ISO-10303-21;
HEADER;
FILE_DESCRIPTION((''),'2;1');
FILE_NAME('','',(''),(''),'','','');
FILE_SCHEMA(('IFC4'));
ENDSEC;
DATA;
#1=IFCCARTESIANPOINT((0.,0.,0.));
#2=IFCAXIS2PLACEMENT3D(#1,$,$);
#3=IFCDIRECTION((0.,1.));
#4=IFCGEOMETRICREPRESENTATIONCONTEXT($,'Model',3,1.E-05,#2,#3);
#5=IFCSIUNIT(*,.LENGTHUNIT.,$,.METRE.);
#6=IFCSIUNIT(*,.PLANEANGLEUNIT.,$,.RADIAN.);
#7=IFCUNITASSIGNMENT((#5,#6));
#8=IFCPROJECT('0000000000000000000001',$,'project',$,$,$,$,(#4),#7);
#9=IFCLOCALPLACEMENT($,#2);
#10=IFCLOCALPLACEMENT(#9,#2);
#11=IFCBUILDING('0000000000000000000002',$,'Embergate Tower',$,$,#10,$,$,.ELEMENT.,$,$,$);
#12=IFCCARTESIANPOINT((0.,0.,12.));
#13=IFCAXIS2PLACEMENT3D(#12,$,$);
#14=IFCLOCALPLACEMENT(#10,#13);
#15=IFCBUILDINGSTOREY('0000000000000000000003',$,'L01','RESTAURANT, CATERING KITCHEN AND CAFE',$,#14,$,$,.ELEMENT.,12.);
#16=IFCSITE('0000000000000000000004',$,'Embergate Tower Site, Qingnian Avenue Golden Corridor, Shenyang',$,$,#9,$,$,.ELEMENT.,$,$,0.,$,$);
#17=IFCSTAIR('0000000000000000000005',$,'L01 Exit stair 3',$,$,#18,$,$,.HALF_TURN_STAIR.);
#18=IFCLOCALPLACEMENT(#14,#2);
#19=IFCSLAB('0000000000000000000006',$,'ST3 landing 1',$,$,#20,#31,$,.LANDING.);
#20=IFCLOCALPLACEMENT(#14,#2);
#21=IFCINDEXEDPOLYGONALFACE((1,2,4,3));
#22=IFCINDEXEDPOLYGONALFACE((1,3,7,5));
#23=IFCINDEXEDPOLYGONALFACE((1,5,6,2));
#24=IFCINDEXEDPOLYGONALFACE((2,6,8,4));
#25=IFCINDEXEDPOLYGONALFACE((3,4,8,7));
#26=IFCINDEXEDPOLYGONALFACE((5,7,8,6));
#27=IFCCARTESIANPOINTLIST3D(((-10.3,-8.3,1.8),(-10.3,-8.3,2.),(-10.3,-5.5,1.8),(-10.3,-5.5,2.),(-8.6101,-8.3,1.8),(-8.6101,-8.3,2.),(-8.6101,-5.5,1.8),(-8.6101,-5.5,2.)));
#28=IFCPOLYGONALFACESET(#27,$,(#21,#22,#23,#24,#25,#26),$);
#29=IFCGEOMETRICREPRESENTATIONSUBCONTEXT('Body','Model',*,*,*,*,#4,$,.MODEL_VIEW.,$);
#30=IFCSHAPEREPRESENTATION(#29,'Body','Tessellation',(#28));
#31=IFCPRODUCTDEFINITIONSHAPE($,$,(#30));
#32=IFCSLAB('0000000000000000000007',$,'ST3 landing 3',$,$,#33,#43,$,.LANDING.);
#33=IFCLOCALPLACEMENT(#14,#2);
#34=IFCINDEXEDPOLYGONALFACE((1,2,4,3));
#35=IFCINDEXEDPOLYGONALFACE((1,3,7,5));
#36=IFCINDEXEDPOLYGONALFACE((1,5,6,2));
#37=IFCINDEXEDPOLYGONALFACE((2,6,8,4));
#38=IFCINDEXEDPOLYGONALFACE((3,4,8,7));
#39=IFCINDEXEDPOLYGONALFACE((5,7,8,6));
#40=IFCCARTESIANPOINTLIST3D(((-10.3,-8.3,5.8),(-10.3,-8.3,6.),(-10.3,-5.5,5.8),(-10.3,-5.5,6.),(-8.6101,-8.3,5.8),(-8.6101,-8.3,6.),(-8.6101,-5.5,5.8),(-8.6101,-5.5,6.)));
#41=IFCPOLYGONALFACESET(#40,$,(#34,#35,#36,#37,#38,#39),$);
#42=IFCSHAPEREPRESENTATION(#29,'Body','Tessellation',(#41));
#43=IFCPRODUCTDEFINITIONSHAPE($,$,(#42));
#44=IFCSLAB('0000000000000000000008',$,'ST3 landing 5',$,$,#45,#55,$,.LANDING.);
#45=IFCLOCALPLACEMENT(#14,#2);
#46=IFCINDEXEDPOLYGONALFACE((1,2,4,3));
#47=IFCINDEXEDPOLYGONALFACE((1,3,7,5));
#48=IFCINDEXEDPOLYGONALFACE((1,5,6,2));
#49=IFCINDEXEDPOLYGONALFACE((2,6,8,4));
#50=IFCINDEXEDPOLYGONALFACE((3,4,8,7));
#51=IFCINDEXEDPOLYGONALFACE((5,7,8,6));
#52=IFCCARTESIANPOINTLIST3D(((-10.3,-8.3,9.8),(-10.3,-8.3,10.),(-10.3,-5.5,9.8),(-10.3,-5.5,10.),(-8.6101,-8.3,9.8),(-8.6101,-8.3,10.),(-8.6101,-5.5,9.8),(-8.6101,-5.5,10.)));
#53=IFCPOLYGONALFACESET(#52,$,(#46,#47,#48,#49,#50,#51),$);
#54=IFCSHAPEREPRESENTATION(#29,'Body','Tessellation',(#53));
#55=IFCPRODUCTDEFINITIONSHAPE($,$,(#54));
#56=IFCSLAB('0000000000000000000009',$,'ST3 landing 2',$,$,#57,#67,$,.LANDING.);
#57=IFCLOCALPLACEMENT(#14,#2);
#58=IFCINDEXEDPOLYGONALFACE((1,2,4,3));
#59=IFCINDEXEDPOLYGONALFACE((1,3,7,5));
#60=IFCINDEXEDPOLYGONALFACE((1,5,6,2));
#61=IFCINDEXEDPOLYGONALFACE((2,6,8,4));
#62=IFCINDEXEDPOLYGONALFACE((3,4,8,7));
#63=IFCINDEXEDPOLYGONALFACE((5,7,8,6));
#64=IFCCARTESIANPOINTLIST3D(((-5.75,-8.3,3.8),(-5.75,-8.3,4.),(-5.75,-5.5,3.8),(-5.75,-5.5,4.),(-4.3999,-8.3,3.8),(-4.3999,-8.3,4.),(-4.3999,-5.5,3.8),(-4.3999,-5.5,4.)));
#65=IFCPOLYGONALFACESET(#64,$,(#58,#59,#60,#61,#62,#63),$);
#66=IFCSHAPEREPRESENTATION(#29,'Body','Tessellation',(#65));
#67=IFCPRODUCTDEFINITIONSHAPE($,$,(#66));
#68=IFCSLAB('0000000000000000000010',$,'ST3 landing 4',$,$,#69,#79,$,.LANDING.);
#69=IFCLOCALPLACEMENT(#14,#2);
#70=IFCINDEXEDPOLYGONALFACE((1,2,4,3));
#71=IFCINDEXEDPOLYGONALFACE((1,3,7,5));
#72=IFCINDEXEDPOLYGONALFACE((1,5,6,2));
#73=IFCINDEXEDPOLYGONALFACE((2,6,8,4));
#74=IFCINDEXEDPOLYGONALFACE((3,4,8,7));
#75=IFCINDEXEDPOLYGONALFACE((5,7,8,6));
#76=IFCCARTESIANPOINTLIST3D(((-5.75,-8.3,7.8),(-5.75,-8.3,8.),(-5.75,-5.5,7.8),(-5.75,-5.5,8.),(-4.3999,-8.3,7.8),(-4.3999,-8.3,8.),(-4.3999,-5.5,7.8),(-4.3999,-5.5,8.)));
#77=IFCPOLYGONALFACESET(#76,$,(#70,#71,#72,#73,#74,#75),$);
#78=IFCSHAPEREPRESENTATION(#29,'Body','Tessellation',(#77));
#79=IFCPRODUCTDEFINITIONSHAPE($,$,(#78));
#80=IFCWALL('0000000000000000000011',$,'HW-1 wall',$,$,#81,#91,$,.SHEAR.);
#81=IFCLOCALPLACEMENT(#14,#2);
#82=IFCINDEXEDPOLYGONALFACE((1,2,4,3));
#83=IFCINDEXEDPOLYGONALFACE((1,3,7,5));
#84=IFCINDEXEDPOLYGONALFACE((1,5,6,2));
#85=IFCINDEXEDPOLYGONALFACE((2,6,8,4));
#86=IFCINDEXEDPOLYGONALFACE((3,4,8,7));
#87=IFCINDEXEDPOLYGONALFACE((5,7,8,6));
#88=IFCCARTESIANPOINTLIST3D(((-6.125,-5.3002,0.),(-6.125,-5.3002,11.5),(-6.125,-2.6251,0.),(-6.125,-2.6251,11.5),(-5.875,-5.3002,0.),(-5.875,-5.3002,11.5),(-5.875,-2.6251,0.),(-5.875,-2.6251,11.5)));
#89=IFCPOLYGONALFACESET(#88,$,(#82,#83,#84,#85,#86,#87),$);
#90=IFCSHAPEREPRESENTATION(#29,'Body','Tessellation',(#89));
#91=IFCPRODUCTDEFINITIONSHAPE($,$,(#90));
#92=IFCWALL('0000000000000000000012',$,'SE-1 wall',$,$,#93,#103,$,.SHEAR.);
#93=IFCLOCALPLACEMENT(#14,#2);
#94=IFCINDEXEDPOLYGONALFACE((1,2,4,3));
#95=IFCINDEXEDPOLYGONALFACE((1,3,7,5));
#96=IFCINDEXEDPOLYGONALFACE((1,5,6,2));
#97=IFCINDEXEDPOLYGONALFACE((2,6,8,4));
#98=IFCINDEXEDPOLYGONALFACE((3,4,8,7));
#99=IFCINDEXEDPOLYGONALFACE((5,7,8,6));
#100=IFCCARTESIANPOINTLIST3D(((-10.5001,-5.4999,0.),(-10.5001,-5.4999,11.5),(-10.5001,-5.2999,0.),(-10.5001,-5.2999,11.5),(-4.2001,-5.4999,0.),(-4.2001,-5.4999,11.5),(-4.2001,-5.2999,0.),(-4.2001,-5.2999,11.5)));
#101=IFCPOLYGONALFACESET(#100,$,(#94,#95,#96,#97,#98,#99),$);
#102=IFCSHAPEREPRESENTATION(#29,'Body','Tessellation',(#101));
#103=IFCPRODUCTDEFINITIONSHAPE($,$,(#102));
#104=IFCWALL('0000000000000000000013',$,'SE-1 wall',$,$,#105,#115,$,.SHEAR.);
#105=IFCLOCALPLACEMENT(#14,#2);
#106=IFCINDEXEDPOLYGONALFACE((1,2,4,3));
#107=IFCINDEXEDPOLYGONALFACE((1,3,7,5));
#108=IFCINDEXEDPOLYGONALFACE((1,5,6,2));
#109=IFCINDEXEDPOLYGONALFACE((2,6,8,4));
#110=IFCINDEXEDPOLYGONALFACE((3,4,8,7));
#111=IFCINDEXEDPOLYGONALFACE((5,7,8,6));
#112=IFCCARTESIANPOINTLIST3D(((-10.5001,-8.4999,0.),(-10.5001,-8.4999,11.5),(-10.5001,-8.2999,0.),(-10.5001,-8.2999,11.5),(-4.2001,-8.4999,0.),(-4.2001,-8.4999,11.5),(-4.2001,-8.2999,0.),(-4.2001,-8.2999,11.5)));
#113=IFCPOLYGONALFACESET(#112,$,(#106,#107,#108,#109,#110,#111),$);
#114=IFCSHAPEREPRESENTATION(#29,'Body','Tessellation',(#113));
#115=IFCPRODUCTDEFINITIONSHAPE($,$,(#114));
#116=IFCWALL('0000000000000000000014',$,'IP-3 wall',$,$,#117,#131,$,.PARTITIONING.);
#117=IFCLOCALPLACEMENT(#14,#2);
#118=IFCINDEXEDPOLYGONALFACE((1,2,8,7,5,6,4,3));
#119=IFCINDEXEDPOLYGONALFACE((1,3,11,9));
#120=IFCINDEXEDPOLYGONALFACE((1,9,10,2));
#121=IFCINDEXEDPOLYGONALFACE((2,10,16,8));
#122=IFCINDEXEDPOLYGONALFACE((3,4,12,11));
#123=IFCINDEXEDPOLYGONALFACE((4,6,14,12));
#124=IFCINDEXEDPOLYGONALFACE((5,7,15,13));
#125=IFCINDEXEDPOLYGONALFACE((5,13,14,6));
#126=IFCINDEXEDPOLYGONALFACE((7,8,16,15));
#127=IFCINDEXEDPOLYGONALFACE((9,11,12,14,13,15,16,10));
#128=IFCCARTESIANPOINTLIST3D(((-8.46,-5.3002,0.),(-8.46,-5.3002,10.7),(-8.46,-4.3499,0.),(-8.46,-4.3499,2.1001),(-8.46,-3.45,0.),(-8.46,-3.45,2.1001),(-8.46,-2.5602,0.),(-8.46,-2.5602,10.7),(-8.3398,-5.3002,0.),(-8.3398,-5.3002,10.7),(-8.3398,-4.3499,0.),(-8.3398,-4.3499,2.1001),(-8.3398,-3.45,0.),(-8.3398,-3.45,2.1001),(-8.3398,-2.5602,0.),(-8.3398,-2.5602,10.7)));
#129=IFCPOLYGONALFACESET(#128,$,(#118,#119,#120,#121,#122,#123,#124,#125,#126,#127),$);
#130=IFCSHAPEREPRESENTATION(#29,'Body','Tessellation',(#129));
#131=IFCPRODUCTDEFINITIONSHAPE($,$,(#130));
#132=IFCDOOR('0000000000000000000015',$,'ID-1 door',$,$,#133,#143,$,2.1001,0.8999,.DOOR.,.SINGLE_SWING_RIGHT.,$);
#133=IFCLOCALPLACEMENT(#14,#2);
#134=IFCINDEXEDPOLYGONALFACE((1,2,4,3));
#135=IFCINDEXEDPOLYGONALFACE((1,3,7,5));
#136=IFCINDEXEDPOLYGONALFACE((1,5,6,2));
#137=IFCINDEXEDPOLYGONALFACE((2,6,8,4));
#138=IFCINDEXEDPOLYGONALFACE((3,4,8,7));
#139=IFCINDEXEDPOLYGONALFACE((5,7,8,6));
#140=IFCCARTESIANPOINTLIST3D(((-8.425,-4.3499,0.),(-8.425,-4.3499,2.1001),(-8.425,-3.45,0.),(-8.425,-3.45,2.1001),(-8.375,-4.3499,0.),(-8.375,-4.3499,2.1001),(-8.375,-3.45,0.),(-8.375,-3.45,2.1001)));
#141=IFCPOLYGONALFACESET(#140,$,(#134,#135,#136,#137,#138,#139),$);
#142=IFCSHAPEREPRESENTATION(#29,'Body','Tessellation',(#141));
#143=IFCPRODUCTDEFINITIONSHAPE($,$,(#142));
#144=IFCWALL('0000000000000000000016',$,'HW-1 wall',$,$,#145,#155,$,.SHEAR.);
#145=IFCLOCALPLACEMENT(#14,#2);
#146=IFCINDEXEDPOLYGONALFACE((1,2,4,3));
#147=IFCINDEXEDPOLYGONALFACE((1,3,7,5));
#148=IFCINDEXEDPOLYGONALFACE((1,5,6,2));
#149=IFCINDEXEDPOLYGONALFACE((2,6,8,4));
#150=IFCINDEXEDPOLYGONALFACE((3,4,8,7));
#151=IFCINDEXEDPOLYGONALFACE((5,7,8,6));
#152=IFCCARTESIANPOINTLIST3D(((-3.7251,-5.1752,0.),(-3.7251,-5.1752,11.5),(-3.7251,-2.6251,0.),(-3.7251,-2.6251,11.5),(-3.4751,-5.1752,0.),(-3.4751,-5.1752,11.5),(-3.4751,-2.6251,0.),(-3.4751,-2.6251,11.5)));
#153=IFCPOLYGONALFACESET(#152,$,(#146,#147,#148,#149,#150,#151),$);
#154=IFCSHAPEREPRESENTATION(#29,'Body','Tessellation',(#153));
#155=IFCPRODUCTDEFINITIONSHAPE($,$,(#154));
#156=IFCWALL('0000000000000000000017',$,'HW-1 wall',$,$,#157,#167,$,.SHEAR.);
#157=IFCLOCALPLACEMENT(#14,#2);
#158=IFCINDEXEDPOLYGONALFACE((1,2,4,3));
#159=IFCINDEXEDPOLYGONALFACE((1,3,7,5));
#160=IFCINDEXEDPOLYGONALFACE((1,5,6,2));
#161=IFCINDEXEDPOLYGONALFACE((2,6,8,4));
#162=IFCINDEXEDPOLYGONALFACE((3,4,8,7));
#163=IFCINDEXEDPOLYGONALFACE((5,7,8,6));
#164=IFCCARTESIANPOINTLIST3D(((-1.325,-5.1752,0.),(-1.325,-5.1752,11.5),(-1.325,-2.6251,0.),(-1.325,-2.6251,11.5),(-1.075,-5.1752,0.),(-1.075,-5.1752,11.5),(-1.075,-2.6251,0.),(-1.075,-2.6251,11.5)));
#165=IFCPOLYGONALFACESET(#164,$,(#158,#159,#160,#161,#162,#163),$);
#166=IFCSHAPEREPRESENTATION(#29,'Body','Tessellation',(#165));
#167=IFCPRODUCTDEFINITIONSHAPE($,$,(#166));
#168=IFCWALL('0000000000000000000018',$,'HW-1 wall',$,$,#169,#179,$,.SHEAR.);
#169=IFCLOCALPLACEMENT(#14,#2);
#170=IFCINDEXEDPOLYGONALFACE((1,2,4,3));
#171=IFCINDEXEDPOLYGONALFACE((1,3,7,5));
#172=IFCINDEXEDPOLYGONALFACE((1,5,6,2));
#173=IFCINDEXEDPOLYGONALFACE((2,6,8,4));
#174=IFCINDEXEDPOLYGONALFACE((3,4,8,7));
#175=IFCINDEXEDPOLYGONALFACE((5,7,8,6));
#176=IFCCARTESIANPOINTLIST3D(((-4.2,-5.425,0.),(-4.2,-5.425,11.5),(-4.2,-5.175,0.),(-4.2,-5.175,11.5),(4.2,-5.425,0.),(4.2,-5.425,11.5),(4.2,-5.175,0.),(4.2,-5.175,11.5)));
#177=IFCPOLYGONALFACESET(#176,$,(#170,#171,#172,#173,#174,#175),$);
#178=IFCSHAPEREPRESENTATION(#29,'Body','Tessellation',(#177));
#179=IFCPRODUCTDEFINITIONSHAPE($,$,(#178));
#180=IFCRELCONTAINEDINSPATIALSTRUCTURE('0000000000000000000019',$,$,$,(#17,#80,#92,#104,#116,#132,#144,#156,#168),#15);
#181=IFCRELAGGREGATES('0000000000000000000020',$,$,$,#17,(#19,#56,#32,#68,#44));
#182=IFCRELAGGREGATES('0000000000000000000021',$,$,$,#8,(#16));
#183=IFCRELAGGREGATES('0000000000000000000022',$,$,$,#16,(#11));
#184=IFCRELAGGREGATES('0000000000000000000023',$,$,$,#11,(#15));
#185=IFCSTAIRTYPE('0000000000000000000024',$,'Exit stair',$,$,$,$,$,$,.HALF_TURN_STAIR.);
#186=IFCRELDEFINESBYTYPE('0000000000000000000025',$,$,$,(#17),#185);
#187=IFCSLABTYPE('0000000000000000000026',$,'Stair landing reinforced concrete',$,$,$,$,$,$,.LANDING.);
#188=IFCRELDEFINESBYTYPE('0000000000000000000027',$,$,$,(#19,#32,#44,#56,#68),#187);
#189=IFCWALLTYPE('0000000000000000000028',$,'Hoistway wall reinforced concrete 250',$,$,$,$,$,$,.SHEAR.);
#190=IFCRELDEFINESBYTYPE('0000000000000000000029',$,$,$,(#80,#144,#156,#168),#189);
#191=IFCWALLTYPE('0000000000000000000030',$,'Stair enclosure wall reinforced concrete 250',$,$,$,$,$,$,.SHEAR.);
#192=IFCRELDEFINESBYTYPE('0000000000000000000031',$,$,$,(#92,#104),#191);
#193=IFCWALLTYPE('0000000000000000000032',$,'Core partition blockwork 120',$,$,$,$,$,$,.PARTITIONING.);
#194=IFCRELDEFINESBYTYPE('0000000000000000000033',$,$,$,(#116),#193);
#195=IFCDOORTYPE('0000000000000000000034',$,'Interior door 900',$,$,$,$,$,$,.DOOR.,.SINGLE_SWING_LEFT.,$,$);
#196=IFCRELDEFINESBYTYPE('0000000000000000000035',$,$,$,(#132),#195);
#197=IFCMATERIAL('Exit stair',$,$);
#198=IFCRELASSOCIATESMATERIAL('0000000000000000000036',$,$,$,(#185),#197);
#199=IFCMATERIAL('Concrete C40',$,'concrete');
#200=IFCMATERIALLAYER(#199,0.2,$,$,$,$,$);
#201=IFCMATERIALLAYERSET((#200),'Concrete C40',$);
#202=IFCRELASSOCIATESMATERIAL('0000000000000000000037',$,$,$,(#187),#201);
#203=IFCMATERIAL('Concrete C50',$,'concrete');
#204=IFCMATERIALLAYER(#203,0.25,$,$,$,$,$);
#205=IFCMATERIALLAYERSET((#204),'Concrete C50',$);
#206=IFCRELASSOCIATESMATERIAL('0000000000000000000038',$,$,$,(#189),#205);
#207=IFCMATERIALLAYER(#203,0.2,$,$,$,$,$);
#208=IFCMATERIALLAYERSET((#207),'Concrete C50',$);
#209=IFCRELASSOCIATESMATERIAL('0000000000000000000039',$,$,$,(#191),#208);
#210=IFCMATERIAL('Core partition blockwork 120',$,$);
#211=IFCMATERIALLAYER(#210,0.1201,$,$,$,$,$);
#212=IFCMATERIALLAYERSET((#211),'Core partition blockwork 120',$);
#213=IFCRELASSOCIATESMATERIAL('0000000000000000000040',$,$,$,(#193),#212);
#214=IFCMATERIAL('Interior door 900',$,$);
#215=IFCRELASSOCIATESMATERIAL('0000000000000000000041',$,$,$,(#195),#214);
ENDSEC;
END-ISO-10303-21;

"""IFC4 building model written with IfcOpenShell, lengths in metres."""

from ifc_helpers import new_model, si_unit, direction, frame, frame_2d, origin, place, context, subcontext, project, spatial, polyline, rectangle, outline, extrude, source, transform, mapped, material, layer, layer_set, type_object, element, fill, aggregate, save


model = new_model("IFC4")

# Units and contexts
model_context = context("Model", 3, precision=1e-05, world=origin(), true_north=direction((0.0, 1.0)))
body_context = subcontext(model_context, "Body", "Model", "MODEL_VIEW")
ifc_project = project(units=[si_unit("LENGTHUNIT", "METRE"), si_unit("PLANEANGLEUNIT", "RADIAN")], contexts=[model_context])

# Site, building, storey
site_placement = place(None, origin())
site = spatial("IfcSite", under=ifc_project, at=site_placement, Name="Embergate Tower Site, Qingnian Avenue Golden Corridor, Shenyang", CompositionType="ELEMENT", RefElevation=0.0)
building_placement = place(site_placement, origin())
building = spatial("IfcBuilding", under=site, at=building_placement, Name="Embergate Tower", CompositionType="ELEMENT")
storey_placement = place(building_placement, frame((0.0, 0.0, 12.0)))
storey = spatial("IfcBuildingStorey", under=building, at=storey_placement, Name="L01", Description="RESTAURANT, CATERING KITCHEN AND CAFE", CompositionType="ELEMENT", Elevation=12.0)

# Stair, slabs
ifc_material_1 = material(Name="Exit stair")
stair_type = type_object("IfcStairType", Name="Exit stair", PredefinedType="HALF_TURN_STAIR", material=ifc_material_1)
stair_placement = place(storey_placement, origin())
stair = element("IfcStair", 1, at=stair_placement, inside=storey, type_object=stair_type, Name="L01 Exit stair 3", PredefinedType="HALF_TURN_STAIR")
ifc_material_2 = material(Name="Concrete C40", Category="concrete")
ifc_layer_1 = layer(ifc_material_2, 0.2)
ifc_layer_set_1 = layer_set([ifc_layer_1], Name="Concrete C40")
slab_type = type_object("IfcSlabType", Name="Stair landing reinforced concrete", PredefinedType="LANDING", material=ifc_layer_set_1)
shared_shape_1 = source(origin(), body_context, "Body", "SweptSolid", [
    extrude(outline(polyline([(0.0, 0.0), (1.6899, 0.0), (1.6899, 2.8), (0.0, 2.8), (0.0, 0.0)])), origin(), (0.0, 0.0, 1.0), 0.2),
])
slab_1_placement = place(storey_placement, frame((-10.3, -8.3, 1.8)))
slab_1 = element("IfcSlab", 2, at=slab_1_placement, type_object=slab_type, Name="ST3 landing 1", PredefinedType="LANDING", context=body_context, shape_type="MappedRepresentation", body=[
    mapped(shared_shape_1, transform((0.0, 0.0, 0.0))),
])
slab_2_placement = place(storey_placement, frame((-10.3, -8.3, 5.8)))
slab_2 = element("IfcSlab", 3, at=slab_2_placement, type_object=slab_type, Name="ST3 landing 3", PredefinedType="LANDING", context=body_context, shape_type="MappedRepresentation", body=[
    mapped(shared_shape_1, transform((0.0, 0.0, 0.0))),
])
slab_3_placement = place(storey_placement, frame((-10.3, -8.3, 9.8)))
slab_3 = element("IfcSlab", 4, at=slab_3_placement, type_object=slab_type, Name="ST3 landing 5", PredefinedType="LANDING", context=body_context, shape_type="MappedRepresentation", body=[
    mapped(shared_shape_1, transform((0.0, 0.0, 0.0))),
])
shared_shape_2 = source(origin(), body_context, "Body", "SweptSolid", [
    extrude(outline(polyline([(0.0, 0.0), (1.3501, 0.0), (1.3501, 2.8), (0.0, 2.8), (0.0, 0.0)])), origin(), (0.0, 0.0, 1.0), 0.2),
])
slab_4_placement = place(storey_placement, frame((-5.75, -8.3, 3.8)))
slab_4 = element("IfcSlab", 5, at=slab_4_placement, type_object=slab_type, Name="ST3 landing 2", PredefinedType="LANDING", context=body_context, shape_type="MappedRepresentation", body=[
    mapped(shared_shape_2, transform((0.0, 0.0, 0.0))),
])
slab_5_placement = place(storey_placement, frame((-5.75, -8.3, 7.8)))
slab_5 = element("IfcSlab", 6, at=slab_5_placement, type_object=slab_type, Name="ST3 landing 4", PredefinedType="LANDING", context=body_context, shape_type="MappedRepresentation", body=[
    mapped(shared_shape_2, transform((0.0, 0.0, 0.0))),
])

# Walls
ifc_material_3 = material(Name="Concrete C50", Category="concrete")
ifc_layer_2 = layer(ifc_material_3, 0.25)
ifc_layer_set_2 = layer_set([ifc_layer_2], Name="Concrete C50")
wall_type_1 = type_object("IfcWallType", Name="Hoistway wall reinforced concrete 250", PredefinedType="SHEAR", material=ifc_layer_set_2)
shared_shape_3 = source(origin(), body_context, "Body", "SweptSolid", [
    extrude(rectangle(XDim=2.675, YDim=0.25, at=frame_2d((1.3374, 0.0))), origin(), (0.0, 0.0, 1.0), 11.5),
])
wall_1_placement = place(storey_placement, frame((-6.0, -5.3, 0.0), z_axis=(0.0, 0.0, 1.0), x_axis=(0.0, 1.0, 0.0)))
element("IfcWall", 7, at=wall_1_placement, inside=storey, type_object=wall_type_1, Name="HW-1 wall", PredefinedType="SHEAR", context=body_context, shape_type="MappedRepresentation", body=[
    mapped(shared_shape_3, transform((0.0, 0.0, 0.0))),
])
ifc_layer_3 = layer(ifc_material_3, 0.2)
ifc_layer_set_3 = layer_set([ifc_layer_3], Name="Concrete C50")
wall_type_2 = type_object("IfcWallType", Name="Stair enclosure wall reinforced concrete 250", PredefinedType="SHEAR", material=ifc_layer_set_3)
shared_shape_4 = source(origin(), body_context, "Body", "SweptSolid", [
    extrude(rectangle(XDim=6.3, YDim=0.2, at=frame_2d((3.1499, 0.0))), origin(), (0.0, 0.0, 1.0), 11.5),
])
for number, where, z_axis, x_axis, name in (
    (8, (-10.5, -5.3999, 0.0), (0.0, 0.0, 1.0), (1.0, 0.0, 0.0), "SE-1 wall"),
    (9, (-10.5, -8.3999, 0.0), (0.0, 0.0, 1.0), (1.0, 0.0, 0.0), "SE-1 wall"),
):
    element("IfcWall", number, at=place(storey_placement, frame(where, z_axis=z_axis, x_axis=x_axis)), inside=storey, type_object=wall_type_2, Name=name, PredefinedType="SHEAR", context=body_context, shape_type="MappedRepresentation", body=[
        mapped(shared_shape_4, transform((0.0, 0.0, 0.0))),
    ])

# Wall, opening, door
ifc_material_4 = material(Name="Core partition blockwork 120")
ifc_layer_4 = layer(ifc_material_4, 0.1201)
ifc_layer_set_4 = layer_set([ifc_layer_4], Name="Core partition blockwork 120")
wall_type_3 = type_object("IfcWallType", Name="Core partition blockwork 120", PredefinedType="PARTITIONING", material=ifc_layer_set_4)
shared_shape_5 = source(origin(), body_context, "Body", "SweptSolid", [
    extrude(rectangle(XDim=2.74, YDim=0.1201, at=frame_2d((1.3701, 0.0))), origin(), (0.0, 0.0, 1.0), 10.7),
])
wall_2_placement = place(storey_placement, frame((-8.3999, -2.5601, 0.0), z_axis=(0.0, 0.0, 1.0), x_axis=(0.0, -1.0, 0.0)))
wall_2 = element("IfcWall", 10, at=wall_2_placement, inside=storey, type_object=wall_type_3, Name="IP-3 wall", PredefinedType="PARTITIONING", context=body_context, shape_type="MappedRepresentation", body=[
    mapped(shared_shape_5, transform((0.0, 0.0, 0.0))),
])
shared_shape_6 = source(origin(), body_context, "Body", "SweptSolid", [
    extrude(rectangle(XDim=0.8999, YDim=2.1001, at=frame_2d((0.45, 1.05))), frame((0.0, 0.0701, 0.0), z_axis=(0.0, -1.0, 0.0), x_axis=(1.0, 0.0, 0.0)), (0.0, 0.0, 1.0), 0.1401),
])
opening_1_placement = place(wall_2_placement, frame((0.8899, 0.0, 0.0)))
opening_1 = element("IfcOpeningElement", 11, at=opening_1_placement, cuts=wall_2, PredefinedType="OPENING", context=body_context, shape_type="MappedRepresentation", body=[
    mapped(shared_shape_6, transform((0.0, 0.0, 0.0))),
])
ifc_material_5 = material(Name="Interior door 900")
door_type_1 = type_object("IfcDoorType", Name="Interior door 900", OperationType="SINGLE_SWING_LEFT", PredefinedType="DOOR", material=ifc_material_5)
shared_shape_7 = source(origin(), body_context, "Body", "SweptSolid", [
    extrude(rectangle(XDim=0.8999, YDim=2.1001, at=frame_2d((0.45, 1.05))), frame((0.0, 0.0249, 0.0), z_axis=(0.0, -1.0, 0.0), x_axis=(1.0, 0.0, 0.0)), (0.0, 0.0, 1.0), 0.05),
])
door_1_placement = place(opening_1_placement, origin())
door_1 = element("IfcDoor", 12, at=door_1_placement, inside=storey, type_object=door_type_1, Name="ID-1 door", OperationType="SINGLE_SWING_RIGHT", OverallHeight=2.1001, OverallWidth=0.8999, PredefinedType="DOOR", context=body_context, shape_type="MappedRepresentation", body=[
    mapped(shared_shape_7, transform((0.0, 0.0, 0.0))),
])
fill(opening_1, door_1)

# Walls
shared_shape_8 = source(origin(), body_context, "Body", "SweptSolid", [
    extrude(rectangle(XDim=2.55, YDim=0.25, at=frame_2d((1.2749, 0.0))), origin(), (0.0, 0.0, 1.0), 11.5),
])
for number, where, z_axis, x_axis, name in (
    (13, (-3.6001, -5.175, 0.0), (0.0, 0.0, 1.0), (0.0, 1.0, 0.0), "HW-1 wall"),
    (14, (-1.2, -5.175, 0.0), (0.0, 0.0, 1.0), (0.0, 1.0, 0.0), "HW-1 wall"),
):
    element("IfcWall", number, at=place(storey_placement, frame(where, z_axis=z_axis, x_axis=x_axis)), inside=storey, type_object=wall_type_1, Name=name, PredefinedType="SHEAR", context=body_context, shape_type="MappedRepresentation", body=[
        mapped(shared_shape_8, transform((0.0, 0.0, 0.0))),
    ])
shared_shape_9 = source(origin(), body_context, "Body", "SweptSolid", [
    extrude(rectangle(XDim=8.3999, YDim=0.25, at=frame_2d((4.2, 0.0))), origin(), (0.0, 0.0, 1.0), 11.5),
])
wall_3_placement = place(storey_placement, frame((-4.2, -5.3, 0.0), z_axis=(0.0, 0.0, 1.0), x_axis=(1.0, 0.0, 0.0)))
element("IfcWall", 15, at=wall_3_placement, inside=storey, type_object=wall_type_1, Name="HW-1 wall", PredefinedType="SHEAR", context=body_context, shape_type="MappedRepresentation", body=[
    mapped(shared_shape_9, transform((0.0, 0.0, 0.0))),
])

aggregate(stair, [slab_1, slab_4, slab_2, slab_5, slab_3])

save(model, "model.ifc")
